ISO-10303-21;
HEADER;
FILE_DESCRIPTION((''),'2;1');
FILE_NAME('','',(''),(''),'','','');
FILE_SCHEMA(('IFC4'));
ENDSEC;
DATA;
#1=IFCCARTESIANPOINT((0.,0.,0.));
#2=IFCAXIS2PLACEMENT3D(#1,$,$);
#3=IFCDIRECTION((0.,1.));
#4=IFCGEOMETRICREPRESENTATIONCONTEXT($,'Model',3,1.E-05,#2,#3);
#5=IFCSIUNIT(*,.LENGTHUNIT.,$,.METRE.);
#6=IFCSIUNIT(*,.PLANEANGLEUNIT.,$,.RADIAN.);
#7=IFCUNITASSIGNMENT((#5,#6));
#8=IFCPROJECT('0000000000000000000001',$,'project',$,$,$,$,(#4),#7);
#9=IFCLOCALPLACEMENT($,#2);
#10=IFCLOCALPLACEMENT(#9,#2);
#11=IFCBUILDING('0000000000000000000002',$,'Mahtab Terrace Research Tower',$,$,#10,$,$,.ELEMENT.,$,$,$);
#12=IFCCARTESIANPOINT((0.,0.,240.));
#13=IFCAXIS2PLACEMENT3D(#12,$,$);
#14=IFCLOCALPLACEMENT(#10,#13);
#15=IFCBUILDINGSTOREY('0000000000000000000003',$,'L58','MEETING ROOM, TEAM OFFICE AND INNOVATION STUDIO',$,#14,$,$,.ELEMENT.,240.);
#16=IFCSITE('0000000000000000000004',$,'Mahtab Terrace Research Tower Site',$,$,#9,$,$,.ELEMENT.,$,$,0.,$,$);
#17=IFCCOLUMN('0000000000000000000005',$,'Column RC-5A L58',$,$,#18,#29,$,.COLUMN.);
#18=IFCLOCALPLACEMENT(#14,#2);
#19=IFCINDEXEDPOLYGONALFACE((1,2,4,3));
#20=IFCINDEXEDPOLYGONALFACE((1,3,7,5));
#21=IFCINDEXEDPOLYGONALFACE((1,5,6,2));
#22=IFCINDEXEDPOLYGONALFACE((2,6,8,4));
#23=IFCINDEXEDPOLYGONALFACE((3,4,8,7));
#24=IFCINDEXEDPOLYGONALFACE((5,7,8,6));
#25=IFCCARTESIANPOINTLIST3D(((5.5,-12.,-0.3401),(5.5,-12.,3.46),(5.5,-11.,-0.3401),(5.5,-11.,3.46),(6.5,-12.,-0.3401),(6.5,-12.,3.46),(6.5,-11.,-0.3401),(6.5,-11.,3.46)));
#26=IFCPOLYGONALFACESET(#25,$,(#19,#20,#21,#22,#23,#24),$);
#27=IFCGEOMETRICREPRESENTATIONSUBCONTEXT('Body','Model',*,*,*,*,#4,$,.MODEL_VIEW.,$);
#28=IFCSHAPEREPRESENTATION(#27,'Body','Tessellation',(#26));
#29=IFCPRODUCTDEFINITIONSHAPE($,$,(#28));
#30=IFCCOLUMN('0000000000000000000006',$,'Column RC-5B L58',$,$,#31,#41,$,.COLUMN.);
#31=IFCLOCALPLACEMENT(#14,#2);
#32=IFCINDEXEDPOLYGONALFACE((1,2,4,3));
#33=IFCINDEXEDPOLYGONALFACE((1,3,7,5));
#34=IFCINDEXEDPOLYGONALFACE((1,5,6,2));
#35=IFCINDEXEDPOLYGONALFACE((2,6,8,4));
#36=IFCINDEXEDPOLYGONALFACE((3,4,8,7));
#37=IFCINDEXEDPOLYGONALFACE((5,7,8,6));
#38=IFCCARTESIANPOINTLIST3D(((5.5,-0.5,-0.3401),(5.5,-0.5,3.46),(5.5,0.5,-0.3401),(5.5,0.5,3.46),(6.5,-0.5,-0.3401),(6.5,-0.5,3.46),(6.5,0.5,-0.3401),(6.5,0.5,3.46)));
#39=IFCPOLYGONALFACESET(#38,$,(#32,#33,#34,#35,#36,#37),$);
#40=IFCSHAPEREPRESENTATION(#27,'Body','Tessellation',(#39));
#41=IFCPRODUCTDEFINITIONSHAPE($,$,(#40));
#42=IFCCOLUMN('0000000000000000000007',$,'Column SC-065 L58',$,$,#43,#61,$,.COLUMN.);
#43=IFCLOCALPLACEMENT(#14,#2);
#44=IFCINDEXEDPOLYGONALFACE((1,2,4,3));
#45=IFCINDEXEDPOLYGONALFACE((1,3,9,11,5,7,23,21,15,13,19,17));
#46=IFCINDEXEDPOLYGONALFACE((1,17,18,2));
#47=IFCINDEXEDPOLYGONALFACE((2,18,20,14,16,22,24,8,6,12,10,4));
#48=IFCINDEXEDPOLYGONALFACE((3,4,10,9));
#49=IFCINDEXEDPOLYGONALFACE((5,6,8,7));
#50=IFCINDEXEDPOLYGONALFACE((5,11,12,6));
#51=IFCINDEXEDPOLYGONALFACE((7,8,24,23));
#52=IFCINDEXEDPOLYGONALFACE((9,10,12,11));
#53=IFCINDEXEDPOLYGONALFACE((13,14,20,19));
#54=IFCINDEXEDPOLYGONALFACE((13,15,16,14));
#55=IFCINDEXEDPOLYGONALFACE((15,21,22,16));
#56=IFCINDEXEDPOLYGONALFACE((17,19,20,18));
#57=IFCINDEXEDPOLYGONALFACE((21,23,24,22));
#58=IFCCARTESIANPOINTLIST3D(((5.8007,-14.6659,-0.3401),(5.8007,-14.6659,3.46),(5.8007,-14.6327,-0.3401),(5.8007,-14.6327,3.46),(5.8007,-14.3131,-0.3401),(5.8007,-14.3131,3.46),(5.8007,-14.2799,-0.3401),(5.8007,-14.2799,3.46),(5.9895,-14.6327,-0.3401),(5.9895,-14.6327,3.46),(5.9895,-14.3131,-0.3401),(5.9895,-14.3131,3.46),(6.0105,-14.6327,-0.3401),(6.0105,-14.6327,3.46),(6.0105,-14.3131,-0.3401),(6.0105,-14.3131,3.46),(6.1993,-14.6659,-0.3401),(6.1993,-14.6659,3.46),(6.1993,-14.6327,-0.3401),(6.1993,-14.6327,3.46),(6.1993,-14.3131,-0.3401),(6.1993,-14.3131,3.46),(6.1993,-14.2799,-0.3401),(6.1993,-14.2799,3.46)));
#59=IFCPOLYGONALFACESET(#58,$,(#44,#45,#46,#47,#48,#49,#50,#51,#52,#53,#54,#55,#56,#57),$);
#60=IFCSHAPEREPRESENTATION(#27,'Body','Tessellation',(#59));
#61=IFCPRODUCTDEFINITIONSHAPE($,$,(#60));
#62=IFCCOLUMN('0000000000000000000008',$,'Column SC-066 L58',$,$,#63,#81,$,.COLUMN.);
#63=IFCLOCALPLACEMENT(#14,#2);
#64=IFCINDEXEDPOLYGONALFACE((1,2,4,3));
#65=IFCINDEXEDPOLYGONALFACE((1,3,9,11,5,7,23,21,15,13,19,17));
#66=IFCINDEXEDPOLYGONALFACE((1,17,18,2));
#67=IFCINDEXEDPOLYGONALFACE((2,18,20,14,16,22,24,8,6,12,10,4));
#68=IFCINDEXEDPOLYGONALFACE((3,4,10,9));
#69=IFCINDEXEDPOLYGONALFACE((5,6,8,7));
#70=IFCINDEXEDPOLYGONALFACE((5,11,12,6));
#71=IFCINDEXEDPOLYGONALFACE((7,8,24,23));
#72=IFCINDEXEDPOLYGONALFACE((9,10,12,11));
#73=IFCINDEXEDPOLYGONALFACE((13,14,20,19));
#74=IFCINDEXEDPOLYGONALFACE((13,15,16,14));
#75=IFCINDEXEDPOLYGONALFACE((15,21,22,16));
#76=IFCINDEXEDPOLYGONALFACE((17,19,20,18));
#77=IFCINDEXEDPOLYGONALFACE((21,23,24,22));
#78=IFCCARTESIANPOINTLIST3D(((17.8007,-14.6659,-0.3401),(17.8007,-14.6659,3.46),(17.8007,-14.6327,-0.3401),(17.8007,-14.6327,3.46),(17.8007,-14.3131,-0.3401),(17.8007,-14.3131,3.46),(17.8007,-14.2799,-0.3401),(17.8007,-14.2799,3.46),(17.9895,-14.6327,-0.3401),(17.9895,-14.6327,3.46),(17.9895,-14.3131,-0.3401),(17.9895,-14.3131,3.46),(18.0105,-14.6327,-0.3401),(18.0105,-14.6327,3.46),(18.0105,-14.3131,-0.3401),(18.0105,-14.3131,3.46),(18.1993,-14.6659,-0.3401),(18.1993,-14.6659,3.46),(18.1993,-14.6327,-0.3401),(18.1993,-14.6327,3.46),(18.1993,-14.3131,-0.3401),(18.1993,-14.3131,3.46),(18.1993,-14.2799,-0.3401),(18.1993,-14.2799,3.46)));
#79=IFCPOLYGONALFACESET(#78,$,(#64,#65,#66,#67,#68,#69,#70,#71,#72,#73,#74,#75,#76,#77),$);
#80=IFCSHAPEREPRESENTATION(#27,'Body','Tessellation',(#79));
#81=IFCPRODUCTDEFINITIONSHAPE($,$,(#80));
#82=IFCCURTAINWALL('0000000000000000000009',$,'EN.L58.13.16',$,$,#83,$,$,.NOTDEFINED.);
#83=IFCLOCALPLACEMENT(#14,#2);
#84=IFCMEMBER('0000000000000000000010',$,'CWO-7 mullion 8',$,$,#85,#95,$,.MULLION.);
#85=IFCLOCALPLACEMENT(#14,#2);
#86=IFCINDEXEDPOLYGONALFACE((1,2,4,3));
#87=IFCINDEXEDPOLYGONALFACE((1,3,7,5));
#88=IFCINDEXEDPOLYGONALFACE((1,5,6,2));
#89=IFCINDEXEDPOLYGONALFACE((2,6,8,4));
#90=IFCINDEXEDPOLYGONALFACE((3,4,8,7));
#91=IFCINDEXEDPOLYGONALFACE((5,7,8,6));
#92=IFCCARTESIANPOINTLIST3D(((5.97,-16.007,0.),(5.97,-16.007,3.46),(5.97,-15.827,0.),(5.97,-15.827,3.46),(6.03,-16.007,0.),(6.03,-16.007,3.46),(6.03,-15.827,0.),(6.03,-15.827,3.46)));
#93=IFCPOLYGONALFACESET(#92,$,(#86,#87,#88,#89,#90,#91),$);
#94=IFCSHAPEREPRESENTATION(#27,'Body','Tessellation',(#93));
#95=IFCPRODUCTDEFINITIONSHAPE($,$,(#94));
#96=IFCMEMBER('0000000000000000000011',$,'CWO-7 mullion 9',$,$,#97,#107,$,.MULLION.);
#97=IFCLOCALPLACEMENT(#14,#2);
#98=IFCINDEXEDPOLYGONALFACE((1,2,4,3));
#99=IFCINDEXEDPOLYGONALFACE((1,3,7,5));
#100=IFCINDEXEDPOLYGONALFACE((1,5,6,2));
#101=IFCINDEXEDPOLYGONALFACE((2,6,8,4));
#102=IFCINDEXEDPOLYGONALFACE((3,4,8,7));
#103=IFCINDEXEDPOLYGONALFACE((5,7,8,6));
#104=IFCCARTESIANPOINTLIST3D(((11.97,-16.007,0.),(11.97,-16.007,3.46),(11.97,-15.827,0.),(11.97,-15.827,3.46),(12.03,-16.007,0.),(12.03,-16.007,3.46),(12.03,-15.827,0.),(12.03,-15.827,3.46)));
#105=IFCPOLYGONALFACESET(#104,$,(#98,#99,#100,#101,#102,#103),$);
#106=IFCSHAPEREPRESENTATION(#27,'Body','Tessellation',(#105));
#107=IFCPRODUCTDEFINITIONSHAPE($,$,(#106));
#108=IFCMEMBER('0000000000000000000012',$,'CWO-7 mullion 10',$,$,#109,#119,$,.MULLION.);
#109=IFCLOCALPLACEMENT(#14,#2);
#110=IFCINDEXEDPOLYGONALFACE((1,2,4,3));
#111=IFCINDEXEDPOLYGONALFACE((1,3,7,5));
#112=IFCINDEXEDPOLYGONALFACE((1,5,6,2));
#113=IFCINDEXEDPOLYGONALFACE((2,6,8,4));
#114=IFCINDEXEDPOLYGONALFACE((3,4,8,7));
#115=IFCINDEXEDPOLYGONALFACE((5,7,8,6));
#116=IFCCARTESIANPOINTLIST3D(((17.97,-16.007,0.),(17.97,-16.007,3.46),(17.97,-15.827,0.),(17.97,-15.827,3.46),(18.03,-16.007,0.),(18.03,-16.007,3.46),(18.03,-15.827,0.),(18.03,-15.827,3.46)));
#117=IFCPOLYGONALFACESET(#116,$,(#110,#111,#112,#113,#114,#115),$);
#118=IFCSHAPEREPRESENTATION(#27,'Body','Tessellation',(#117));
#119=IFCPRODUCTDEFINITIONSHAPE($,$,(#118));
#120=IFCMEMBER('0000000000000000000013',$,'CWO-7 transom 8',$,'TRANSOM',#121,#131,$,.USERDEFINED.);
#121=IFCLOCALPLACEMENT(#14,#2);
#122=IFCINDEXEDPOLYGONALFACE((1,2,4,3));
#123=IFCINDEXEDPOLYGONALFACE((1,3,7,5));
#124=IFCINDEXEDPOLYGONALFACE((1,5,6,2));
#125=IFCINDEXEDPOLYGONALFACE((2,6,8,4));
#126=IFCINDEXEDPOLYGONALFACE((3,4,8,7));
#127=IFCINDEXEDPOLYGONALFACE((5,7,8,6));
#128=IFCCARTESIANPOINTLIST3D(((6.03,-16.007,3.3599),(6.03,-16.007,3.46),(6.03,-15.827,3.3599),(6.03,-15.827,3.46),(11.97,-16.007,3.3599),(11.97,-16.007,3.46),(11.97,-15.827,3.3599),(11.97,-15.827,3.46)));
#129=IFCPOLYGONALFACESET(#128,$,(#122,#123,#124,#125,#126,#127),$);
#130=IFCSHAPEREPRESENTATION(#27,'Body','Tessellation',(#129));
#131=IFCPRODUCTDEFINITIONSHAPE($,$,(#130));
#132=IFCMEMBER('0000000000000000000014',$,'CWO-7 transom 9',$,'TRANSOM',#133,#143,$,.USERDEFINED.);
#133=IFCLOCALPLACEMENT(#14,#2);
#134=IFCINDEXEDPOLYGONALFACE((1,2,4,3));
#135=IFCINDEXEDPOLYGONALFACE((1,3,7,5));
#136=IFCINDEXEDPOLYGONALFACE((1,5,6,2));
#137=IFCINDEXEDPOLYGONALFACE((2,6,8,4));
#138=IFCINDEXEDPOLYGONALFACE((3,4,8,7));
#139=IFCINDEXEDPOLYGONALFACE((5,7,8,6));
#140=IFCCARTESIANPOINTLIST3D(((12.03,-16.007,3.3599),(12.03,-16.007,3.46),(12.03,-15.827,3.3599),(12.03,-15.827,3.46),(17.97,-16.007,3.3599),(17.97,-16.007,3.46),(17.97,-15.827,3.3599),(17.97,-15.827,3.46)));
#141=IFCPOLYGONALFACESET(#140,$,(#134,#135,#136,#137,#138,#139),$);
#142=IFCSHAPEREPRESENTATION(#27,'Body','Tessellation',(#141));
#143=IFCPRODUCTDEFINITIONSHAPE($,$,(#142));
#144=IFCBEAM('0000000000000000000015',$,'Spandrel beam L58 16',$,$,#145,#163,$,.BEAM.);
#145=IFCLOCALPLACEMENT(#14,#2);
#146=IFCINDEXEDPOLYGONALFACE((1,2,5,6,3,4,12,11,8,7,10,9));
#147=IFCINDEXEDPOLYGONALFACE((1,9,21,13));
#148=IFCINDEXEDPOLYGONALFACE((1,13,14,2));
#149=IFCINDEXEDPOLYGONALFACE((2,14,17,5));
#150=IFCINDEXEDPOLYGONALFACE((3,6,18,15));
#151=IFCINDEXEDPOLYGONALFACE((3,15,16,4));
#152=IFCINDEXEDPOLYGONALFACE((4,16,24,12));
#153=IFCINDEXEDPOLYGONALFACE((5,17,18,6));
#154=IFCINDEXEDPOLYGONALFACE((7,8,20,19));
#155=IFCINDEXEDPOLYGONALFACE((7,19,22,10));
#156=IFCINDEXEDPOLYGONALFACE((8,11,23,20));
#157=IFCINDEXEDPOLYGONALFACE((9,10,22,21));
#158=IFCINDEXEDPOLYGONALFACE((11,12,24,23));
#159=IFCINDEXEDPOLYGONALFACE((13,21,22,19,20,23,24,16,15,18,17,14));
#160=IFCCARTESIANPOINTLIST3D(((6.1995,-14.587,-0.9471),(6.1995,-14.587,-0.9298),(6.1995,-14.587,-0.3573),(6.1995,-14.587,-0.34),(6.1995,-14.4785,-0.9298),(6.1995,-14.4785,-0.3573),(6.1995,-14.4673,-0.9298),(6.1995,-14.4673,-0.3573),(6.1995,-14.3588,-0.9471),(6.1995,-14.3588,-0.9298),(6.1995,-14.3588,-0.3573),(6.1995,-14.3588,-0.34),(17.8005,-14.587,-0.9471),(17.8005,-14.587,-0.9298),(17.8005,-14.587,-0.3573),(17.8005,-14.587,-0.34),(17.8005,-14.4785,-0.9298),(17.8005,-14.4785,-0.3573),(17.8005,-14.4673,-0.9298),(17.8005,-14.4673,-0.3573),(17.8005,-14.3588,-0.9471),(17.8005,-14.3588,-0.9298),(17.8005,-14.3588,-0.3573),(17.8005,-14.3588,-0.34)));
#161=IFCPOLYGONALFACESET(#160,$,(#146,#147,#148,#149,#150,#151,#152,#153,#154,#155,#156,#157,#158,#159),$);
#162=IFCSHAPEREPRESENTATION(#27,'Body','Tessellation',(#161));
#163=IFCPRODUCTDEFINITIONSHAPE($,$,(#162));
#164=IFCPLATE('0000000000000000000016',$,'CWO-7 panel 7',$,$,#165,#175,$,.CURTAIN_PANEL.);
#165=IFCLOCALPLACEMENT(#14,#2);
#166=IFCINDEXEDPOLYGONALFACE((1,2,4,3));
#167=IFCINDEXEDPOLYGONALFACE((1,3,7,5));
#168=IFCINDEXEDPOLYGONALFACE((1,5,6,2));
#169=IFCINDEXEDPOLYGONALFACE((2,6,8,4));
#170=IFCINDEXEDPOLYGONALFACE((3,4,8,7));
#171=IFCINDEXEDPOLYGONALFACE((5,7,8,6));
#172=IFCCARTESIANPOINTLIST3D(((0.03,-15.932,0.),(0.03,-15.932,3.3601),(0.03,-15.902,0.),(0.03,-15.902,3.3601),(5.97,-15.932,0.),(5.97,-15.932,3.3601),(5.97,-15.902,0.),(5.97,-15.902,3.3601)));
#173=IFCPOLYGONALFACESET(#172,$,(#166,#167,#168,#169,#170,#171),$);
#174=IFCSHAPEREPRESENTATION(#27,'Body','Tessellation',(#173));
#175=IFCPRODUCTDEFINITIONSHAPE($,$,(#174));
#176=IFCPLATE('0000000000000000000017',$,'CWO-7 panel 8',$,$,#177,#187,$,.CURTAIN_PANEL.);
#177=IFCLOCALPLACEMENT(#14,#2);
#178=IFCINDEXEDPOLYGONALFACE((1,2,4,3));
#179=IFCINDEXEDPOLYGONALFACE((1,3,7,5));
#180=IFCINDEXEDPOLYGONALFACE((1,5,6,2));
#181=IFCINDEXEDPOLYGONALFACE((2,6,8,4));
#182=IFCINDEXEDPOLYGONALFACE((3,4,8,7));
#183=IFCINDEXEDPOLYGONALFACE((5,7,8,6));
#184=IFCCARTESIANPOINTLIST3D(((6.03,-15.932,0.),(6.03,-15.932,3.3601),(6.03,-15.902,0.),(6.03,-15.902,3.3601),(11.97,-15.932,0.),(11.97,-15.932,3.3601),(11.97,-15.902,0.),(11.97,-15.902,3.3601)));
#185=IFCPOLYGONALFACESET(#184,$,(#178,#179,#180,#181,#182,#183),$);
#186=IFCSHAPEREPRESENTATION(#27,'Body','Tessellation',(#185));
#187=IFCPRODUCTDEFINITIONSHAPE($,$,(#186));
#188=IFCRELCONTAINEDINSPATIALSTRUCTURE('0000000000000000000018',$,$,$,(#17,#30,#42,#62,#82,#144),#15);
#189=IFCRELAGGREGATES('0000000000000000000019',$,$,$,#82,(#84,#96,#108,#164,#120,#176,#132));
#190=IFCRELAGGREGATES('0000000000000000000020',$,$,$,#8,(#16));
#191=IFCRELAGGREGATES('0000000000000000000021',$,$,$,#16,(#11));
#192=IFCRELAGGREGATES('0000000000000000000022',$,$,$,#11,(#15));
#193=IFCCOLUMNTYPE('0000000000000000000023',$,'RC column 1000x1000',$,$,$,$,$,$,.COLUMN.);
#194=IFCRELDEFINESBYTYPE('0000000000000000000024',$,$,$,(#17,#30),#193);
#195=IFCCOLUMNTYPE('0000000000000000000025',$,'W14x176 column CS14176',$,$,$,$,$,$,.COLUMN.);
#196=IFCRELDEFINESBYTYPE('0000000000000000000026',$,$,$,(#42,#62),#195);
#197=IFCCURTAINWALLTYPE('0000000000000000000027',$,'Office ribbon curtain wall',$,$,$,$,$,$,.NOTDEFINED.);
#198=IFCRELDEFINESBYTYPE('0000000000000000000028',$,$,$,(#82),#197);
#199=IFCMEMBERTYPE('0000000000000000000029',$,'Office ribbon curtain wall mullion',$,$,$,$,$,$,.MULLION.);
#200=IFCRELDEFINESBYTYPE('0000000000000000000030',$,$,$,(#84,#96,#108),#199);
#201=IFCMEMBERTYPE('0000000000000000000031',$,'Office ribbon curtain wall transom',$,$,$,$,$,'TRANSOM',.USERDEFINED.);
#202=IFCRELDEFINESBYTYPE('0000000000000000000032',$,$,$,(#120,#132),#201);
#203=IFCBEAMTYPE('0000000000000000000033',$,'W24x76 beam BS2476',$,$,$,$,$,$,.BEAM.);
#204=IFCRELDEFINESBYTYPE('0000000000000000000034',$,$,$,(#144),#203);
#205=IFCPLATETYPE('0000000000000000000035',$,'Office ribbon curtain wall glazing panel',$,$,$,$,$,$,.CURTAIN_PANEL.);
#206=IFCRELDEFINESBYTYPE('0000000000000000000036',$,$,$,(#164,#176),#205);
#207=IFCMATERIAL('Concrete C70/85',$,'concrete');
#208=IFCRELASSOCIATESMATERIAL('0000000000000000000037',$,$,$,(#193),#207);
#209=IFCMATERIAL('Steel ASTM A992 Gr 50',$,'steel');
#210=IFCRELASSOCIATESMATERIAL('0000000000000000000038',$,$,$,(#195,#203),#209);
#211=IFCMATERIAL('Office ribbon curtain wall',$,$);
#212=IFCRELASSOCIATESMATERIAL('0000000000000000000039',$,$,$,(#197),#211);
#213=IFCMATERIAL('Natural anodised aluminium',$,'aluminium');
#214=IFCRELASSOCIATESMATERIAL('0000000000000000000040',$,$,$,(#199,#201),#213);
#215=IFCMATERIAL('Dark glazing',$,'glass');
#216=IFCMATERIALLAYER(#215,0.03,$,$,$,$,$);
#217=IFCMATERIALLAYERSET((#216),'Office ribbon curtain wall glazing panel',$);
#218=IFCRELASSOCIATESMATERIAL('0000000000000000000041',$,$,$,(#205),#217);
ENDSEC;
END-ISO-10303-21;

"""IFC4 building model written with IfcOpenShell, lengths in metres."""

from ifc_helpers import new_model, si_unit, direction, frame, origin, origin_2d, place, context, subcontext, project, spatial, rectangle, i_section, extrude, material, layer, layer_set, material_profile, profile_set, type_object, element, aggregate, save


model = new_model("IFC4")

# Units and contexts
model_context = context("Model", 3, precision=1e-05, world=origin(), true_north=direction((0.0, 1.0)))
body_context = subcontext(model_context, "Body", "Model", "MODEL_VIEW")
ifc_project = project(units=[si_unit("LENGTHUNIT", "METRE"), si_unit("PLANEANGLEUNIT", "RADIAN")], contexts=[model_context])

# Site, building, storey
site_placement = place(None, origin())
site = spatial("IfcSite", under=ifc_project, at=site_placement, Name="Mahtab Terrace Research Tower Site", CompositionType="ELEMENT", RefElevation=0.0)
building_placement = place(site_placement, origin())
building = spatial("IfcBuilding", under=site, at=building_placement, Name="Mahtab Terrace Research Tower", CompositionType="ELEMENT")
storey_placement = place(building_placement, frame((0.0, 0.0, 240.0)))
storey = spatial("IfcBuildingStorey", under=building, at=storey_placement, Name="L58", Description="MEETING ROOM, TEAM OFFICE AND INNOVATION STUDIO", CompositionType="ELEMENT", Elevation=240.0)

# Columns
ifc_material_1 = material(Name="Concrete C70/85", Category="concrete")
ifc_material_profile_1 = material_profile(ifc_material_1, rectangle(XDim=1.0, YDim=1.0, at=origin_2d()), Name="RC column 1000x1000")
ifc_profile_set_1 = profile_set([ifc_material_profile_1], Name="Concrete C70/85")
column_type_1 = type_object("IfcColumnType", Name="RC column 1000x1000", PredefinedType="COLUMN", material=ifc_profile_set_1)
for number, where, z_axis, x_axis, name in (
    (1, (6.0, -11.5, -0.3401), (0.0, 0.0, 1.0), (1.0, 0.0, 0.0), "Column RC-5A L58"),
    (2, (6.0, 0.0, -0.3401), (0.0, 0.0, 1.0), (1.0, 0.0, 0.0), "Column RC-5B L58"),
):
    element("IfcColumn", number, at=place(storey_placement, frame(where, z_axis=z_axis, x_axis=x_axis)), inside=storey, type_object=column_type_1, Name=name, PredefinedType="COLUMN", context=body_context, shape_type="SweptSolid", body=[
        extrude(rectangle(XDim=1.0, YDim=1.0, at=origin_2d()), origin(), (0.0, 0.0, 1.0), 3.8),
    ])
ifc_material_2 = material(Name="Steel ASTM A992 Gr 50", Category="steel")
ifc_material_profile_2 = material_profile(ifc_material_2, i_section(OverallWidth=0.3987, OverallDepth=0.386, WebThickness=0.021, FlangeThickness=0.0332, at=origin_2d()), Name="W14X176")
ifc_profile_set_2 = profile_set([ifc_material_profile_2], Name="Steel ASTM A992 Gr 50")
column_type_2 = type_object("IfcColumnType", Name="W14x176 column CS14176", PredefinedType="COLUMN", material=ifc_profile_set_2)
for number, where, z_axis, x_axis, name in (
    (3, (6.0, -14.4729, -0.3401), (0.0, 0.0, 1.0), (1.0, 0.0, 0.0), "Column SC-065 L58"),
    (4, (18.0, -14.4729, -0.3401), (0.0, 0.0, 1.0), (1.0, 0.0, 0.0), "Column SC-066 L58"),
):
    element("IfcColumn", number, at=place(storey_placement, frame(where, z_axis=z_axis, x_axis=x_axis)), inside=storey, type_object=column_type_2, Name=name, PredefinedType="COLUMN", context=body_context, shape_type="SweptSolid", body=[
        extrude(i_section(OverallWidth=0.3987, OverallDepth=0.386, WebThickness=0.021, FlangeThickness=0.0332, at=origin_2d()), origin(), (0.0, 0.0, 1.0), 3.8),
    ])

# Curtain wall, members
ifc_material_3 = material(Name="Office ribbon curtain wall")
curtain_wall_type = type_object("IfcCurtainWallType", Name="Office ribbon curtain wall", PredefinedType="NOTDEFINED", material=ifc_material_3)
curtain_wall_placement = place(storey_placement, origin())
curtain_wall = element("IfcCurtainWall", 5, at=curtain_wall_placement, inside=storey, type_object=curtain_wall_type, Name="EN.L58.13.16", PredefinedType="NOTDEFINED")
ifc_material_4 = material(Name="Natural anodised aluminium", Category="aluminium")
ifc_material_profile_3 = material_profile(ifc_material_4, rectangle(XDim=0.1799, YDim=0.0601, at=origin_2d()), Name="MULLION 60x180")
ifc_profile_set_3 = profile_set([ifc_material_profile_3], Name="Natural anodised aluminium")
member_type_1 = type_object("IfcMemberType", Name="Office ribbon curtain wall mullion", PredefinedType="MULLION", material=ifc_profile_set_3)
member_1_placement = place(storey_placement, frame((6.0, -15.917, 0.0), z_axis=(0.0, 0.0, 1.0), x_axis=(0.0, 1.0, 0.0)))
member_1 = element("IfcMember", 6, at=member_1_placement, type_object=member_type_1, Name="CWO-7 mullion 8", PredefinedType="MULLION", context=body_context, shape_type="SweptSolid", body=[
    extrude(rectangle(XDim=0.1799, YDim=0.0601, at=origin_2d()), origin(), (0.0, 0.0, 1.0), 3.46),
])
member_2_placement = place(storey_placement, frame((12.0, -15.917, 0.0), z_axis=(0.0, 0.0, 1.0), x_axis=(0.0, 1.0, 0.0)))
member_2 = element("IfcMember", 7, at=member_2_placement, type_object=member_type_1, Name="CWO-7 mullion 9", PredefinedType="MULLION", context=body_context, shape_type="SweptSolid", body=[
    extrude(rectangle(XDim=0.1799, YDim=0.0601, at=origin_2d()), origin(), (0.0, 0.0, 1.0), 3.46),
])
member_3_placement = place(storey_placement, frame((18.0, -15.917, 0.0), z_axis=(0.0, 0.0, 1.0), x_axis=(0.0, 1.0, 0.0)))
member_3 = element("IfcMember", 8, at=member_3_placement, type_object=member_type_1, Name="CWO-7 mullion 10", PredefinedType="MULLION", context=body_context, shape_type="SweptSolid", body=[
    extrude(rectangle(XDim=0.1799, YDim=0.0601, at=origin_2d()), origin(), (0.0, 0.0, 1.0), 3.46),
])
ifc_material_profile_4 = material_profile(ifc_material_4, rectangle(XDim=0.1799, YDim=0.1001, at=origin_2d()), Name="TRANSOM 100x180")
ifc_profile_set_4 = profile_set([ifc_material_profile_4], Name="Natural anodised aluminium")
member_type_2 = type_object("IfcMemberType", Name="Office ribbon curtain wall transom", ElementType="TRANSOM", PredefinedType="USERDEFINED", material=ifc_profile_set_4)
member_4_placement = place(storey_placement, frame((6.03, -15.917, 3.4099), z_axis=(1.0, 0.0, 0.0), x_axis=(0.0, 1.0, 0.0)))
member_4 = element("IfcMember", 9, at=member_4_placement, type_object=member_type_2, Name="CWO-7 transom 8", ObjectType="TRANSOM", PredefinedType="USERDEFINED", context=body_context, shape_type="SweptSolid", body=[
    extrude(rectangle(XDim=0.1799, YDim=0.1001, at=origin_2d()), origin(), (0.0, 0.0, 1.0), 5.9399),
])
member_5_placement = place(storey_placement, frame((12.03, -15.917, 3.4099), z_axis=(1.0, 0.0, 0.0), x_axis=(0.0, 1.0, 0.0)))
member_5 = element("IfcMember", 10, at=member_5_placement, type_object=member_type_2, Name="CWO-7 transom 9", ObjectType="TRANSOM", PredefinedType="USERDEFINED", context=body_context, shape_type="SweptSolid", body=[
    extrude(rectangle(XDim=0.1799, YDim=0.1001, at=origin_2d()), origin(), (0.0, 0.0, 1.0), 5.9399),
])

# Beam
ifc_material_profile_5 = material_profile(ifc_material_2, i_section(OverallWidth=0.2283, OverallDepth=0.6072, WebThickness=0.0112, FlangeThickness=0.0173, at=origin_2d()), Name="W24X76")
ifc_profile_set_5 = profile_set([ifc_material_profile_5], Name="Steel ASTM A992 Gr 50")
beam_type = type_object("IfcBeamType", Name="W24x76 beam BS2476", PredefinedType="BEAM", material=ifc_profile_set_5)
beam_placement = place(storey_placement, frame((6.1995, -14.4729, -0.6436), z_axis=(1.0, 0.0, 0.0), x_axis=(0.0, 1.0, 0.0)))
element("IfcBeam", 11, at=beam_placement, inside=storey, type_object=beam_type, Name="Spandrel beam L58 16", PredefinedType="BEAM", context=body_context, shape_type="SweptSolid", body=[
    extrude(i_section(OverallWidth=0.2283, OverallDepth=0.6072, WebThickness=0.0112, FlangeThickness=0.0173, at=origin_2d()), origin(), (0.0, 0.0, 1.0), 11.6011),
])

# Plates
ifc_material_5 = material(Name="Dark glazing", Category="glass")
ifc_layer_1 = layer(ifc_material_5, 0.03)
ifc_layer_set_1 = layer_set([ifc_layer_1], Name="Office ribbon curtain wall glazing panel")
plate_type = type_object("IfcPlateType", Name="Office ribbon curtain wall glazing panel", PredefinedType="CURTAIN_PANEL", material=ifc_layer_set_1)
plate_1_placement = place(storey_placement, frame((3.0, -15.917, 0.0), z_axis=(0.0, 0.0, 1.0), x_axis=(1.0, 0.0, 0.0)))
plate_1 = element("IfcPlate", 12, at=plate_1_placement, type_object=plate_type, Name="CWO-7 panel 7", PredefinedType="CURTAIN_PANEL", context=body_context, shape_type="SweptSolid", body=[
    extrude(rectangle(XDim=5.9399, YDim=0.03, at=origin_2d()), origin(), (0.0, 0.0, 1.0), 3.3601),
])
plate_2_placement = place(storey_placement, frame((9.0, -15.917, 0.0), z_axis=(0.0, 0.0, 1.0), x_axis=(1.0, 0.0, 0.0)))
plate_2 = element("IfcPlate", 13, at=plate_2_placement, type_object=plate_type, Name="CWO-7 panel 8", PredefinedType="CURTAIN_PANEL", context=body_context, shape_type="SweptSolid", body=[
    extrude(rectangle(XDim=5.9399, YDim=0.03, at=origin_2d()), origin(), (0.0, 0.0, 1.0), 3.3601),
])
aggregate(curtain_wall, [member_1, member_2, member_3, plate_1, member_4, plate_2, member_5])

save(model, "model.ifc")
